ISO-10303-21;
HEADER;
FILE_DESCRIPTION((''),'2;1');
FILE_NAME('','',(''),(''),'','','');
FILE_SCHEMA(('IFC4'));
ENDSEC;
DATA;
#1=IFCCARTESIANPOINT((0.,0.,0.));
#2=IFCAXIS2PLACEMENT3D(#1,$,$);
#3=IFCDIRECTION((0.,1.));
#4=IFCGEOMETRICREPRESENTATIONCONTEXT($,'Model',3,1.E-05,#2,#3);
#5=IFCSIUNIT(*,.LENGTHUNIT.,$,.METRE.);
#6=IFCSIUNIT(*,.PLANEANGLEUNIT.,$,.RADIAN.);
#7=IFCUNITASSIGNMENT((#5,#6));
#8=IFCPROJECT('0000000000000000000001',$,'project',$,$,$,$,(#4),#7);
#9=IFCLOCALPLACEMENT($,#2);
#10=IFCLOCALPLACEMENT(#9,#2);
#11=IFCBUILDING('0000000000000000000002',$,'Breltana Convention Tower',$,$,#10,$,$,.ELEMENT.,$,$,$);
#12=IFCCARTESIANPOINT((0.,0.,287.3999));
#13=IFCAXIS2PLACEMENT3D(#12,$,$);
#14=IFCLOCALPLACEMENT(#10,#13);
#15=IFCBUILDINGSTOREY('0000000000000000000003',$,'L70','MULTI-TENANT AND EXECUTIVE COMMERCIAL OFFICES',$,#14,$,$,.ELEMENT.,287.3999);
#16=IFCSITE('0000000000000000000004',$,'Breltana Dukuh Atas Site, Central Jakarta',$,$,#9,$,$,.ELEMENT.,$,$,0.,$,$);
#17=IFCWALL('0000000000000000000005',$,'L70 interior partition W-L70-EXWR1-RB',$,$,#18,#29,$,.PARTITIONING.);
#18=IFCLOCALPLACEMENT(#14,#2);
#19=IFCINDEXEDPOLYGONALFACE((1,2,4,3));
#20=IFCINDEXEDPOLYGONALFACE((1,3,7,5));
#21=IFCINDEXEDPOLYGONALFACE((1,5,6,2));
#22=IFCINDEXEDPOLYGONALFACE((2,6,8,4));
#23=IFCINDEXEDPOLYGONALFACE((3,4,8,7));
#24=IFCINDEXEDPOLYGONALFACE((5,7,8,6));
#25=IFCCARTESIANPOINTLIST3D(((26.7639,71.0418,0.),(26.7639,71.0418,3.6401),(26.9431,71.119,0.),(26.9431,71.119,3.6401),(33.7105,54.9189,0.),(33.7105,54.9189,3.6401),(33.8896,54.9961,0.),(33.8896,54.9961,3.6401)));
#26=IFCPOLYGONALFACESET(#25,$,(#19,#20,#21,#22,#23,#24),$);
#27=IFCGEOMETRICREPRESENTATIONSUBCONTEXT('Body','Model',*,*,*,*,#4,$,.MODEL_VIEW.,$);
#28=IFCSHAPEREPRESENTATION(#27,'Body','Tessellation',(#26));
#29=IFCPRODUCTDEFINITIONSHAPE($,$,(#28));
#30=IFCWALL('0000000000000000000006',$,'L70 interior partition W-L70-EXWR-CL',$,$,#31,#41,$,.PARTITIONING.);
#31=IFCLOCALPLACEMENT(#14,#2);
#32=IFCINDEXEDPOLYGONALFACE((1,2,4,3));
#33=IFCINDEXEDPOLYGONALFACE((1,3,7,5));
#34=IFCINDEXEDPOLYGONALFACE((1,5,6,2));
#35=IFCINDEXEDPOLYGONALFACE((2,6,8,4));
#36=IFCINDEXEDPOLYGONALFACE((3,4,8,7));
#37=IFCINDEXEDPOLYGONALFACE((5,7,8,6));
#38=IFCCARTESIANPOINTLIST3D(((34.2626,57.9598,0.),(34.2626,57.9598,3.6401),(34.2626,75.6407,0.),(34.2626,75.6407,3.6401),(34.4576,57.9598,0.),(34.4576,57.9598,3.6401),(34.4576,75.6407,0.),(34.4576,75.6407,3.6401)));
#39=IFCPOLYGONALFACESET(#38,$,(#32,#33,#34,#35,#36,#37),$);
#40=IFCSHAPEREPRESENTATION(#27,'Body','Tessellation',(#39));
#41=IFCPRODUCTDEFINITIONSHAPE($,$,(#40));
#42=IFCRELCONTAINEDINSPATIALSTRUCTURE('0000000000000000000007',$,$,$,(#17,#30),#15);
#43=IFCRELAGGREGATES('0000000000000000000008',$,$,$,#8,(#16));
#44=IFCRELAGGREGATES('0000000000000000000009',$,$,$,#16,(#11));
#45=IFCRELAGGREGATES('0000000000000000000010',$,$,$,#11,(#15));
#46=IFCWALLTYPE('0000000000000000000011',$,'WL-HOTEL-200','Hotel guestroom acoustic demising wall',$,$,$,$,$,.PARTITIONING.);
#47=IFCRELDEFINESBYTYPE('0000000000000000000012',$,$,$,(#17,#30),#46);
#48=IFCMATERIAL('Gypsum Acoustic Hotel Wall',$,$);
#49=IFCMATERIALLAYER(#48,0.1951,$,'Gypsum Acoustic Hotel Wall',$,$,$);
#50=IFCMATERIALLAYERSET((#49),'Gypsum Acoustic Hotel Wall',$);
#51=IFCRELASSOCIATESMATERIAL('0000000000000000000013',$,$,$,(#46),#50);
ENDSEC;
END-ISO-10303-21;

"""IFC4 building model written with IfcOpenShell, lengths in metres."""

from ifc_helpers import new_model, si_unit, direction, frame, frame_2d, origin, place, context, subcontext, project, spatial, rectangle, extrude, source, transform, mapped, material, layer, layer_set, type_object, element, save


model = new_model("IFC4")

# Units and contexts
model_context = context("Model", 3, precision=1e-05, world=origin(), true_north=direction((0.0, 1.0)))
body_context = subcontext(model_context, "Body", "Model", "MODEL_VIEW")
ifc_project = project(units=[si_unit("LENGTHUNIT", "METRE"), si_unit("PLANEANGLEUNIT", "RADIAN")], contexts=[model_context])

# Site, building, storey
site_placement = place(None, origin())
site = spatial("IfcSite", under=ifc_project, at=site_placement, Name="Breltana Dukuh Atas Site, Central Jakarta", CompositionType="ELEMENT", RefElevation=0.0)
building_placement = place(site_placement, origin())
building = spatial("IfcBuilding", under=site, at=building_placement, Name="Breltana Convention Tower", CompositionType="ELEMENT")
storey_placement = place(building_placement, frame((0.0, 0.0, 287.3999)))
storey = spatial("IfcBuildingStorey", under=building, at=storey_placement, Name="L70", Description="MULTI-TENANT AND EXECUTIVE COMMERCIAL OFFICES", CompositionType="ELEMENT", Elevation=287.3999)

# Shared definitions
ifc_material_1 = material(Name="Gypsum Acoustic Hotel Wall")
ifc_layer_1 = layer(ifc_material_1, 0.1951, Name="Gypsum Acoustic Hotel Wall")
ifc_layer_set_1 = layer_set([ifc_layer_1], Name="Gypsum Acoustic Hotel Wall")
wall_type_1 = type_object("IfcWallType", Name="WL-HOTEL-200", Description="Hotel guestroom acoustic demising wall", PredefinedType="PARTITIONING", material=ifc_layer_set_1)

# Wall
shared_shape_1 = source(origin(), body_context, "Body", "SweptSolid", [
    extrude(rectangle(XDim=17.5557, YDim=0.1951, at=frame_2d((8.7778, 0.0))), origin(), (0.0, 0.0, 1.0), 3.6401),
])
wall_1_placement = place(storey_placement, frame((33.8, 54.9575, 0.0), z_axis=(0.0, 0.0, 1.0), x_axis=(-0.395688, 0.918385, 0.0)))
element("IfcWall", 1, at=wall_1_placement, inside=storey, type_object=wall_type_1, Name="L70 interior partition W-L70-EXWR1-RB", PredefinedType="PARTITIONING", context=body_context, shape_type="MappedRepresentation", body=[
    mapped(shared_shape_1, transform((0.0, 0.0, 0.0), scale=1.0)),
])

# Wall
shared_shape_2 = source(origin(), body_context, "Body", "SweptSolid", [
    extrude(rectangle(XDim=17.6809, YDim=0.1951, at=frame_2d((8.8403, 0.0))), origin(), (0.0, 0.0, 1.0), 3.6401),
])
wall_2_placement = place(storey_placement, frame((34.3601, 57.96, 0.0), z_axis=(0.0, 0.0, 1.0), x_axis=(0.0, 1.0, 0.0)))
element("IfcWall", 2, at=wall_2_placement, inside=storey, type_object=wall_type_1, Name="L70 interior partition W-L70-EXWR-CL", PredefinedType="PARTITIONING", context=body_context, shape_type="MappedRepresentation", body=[
    mapped(shared_shape_2, transform((0.0, 0.0, 0.0), scale=1.0)),
])

save(model, "model.ifc")
